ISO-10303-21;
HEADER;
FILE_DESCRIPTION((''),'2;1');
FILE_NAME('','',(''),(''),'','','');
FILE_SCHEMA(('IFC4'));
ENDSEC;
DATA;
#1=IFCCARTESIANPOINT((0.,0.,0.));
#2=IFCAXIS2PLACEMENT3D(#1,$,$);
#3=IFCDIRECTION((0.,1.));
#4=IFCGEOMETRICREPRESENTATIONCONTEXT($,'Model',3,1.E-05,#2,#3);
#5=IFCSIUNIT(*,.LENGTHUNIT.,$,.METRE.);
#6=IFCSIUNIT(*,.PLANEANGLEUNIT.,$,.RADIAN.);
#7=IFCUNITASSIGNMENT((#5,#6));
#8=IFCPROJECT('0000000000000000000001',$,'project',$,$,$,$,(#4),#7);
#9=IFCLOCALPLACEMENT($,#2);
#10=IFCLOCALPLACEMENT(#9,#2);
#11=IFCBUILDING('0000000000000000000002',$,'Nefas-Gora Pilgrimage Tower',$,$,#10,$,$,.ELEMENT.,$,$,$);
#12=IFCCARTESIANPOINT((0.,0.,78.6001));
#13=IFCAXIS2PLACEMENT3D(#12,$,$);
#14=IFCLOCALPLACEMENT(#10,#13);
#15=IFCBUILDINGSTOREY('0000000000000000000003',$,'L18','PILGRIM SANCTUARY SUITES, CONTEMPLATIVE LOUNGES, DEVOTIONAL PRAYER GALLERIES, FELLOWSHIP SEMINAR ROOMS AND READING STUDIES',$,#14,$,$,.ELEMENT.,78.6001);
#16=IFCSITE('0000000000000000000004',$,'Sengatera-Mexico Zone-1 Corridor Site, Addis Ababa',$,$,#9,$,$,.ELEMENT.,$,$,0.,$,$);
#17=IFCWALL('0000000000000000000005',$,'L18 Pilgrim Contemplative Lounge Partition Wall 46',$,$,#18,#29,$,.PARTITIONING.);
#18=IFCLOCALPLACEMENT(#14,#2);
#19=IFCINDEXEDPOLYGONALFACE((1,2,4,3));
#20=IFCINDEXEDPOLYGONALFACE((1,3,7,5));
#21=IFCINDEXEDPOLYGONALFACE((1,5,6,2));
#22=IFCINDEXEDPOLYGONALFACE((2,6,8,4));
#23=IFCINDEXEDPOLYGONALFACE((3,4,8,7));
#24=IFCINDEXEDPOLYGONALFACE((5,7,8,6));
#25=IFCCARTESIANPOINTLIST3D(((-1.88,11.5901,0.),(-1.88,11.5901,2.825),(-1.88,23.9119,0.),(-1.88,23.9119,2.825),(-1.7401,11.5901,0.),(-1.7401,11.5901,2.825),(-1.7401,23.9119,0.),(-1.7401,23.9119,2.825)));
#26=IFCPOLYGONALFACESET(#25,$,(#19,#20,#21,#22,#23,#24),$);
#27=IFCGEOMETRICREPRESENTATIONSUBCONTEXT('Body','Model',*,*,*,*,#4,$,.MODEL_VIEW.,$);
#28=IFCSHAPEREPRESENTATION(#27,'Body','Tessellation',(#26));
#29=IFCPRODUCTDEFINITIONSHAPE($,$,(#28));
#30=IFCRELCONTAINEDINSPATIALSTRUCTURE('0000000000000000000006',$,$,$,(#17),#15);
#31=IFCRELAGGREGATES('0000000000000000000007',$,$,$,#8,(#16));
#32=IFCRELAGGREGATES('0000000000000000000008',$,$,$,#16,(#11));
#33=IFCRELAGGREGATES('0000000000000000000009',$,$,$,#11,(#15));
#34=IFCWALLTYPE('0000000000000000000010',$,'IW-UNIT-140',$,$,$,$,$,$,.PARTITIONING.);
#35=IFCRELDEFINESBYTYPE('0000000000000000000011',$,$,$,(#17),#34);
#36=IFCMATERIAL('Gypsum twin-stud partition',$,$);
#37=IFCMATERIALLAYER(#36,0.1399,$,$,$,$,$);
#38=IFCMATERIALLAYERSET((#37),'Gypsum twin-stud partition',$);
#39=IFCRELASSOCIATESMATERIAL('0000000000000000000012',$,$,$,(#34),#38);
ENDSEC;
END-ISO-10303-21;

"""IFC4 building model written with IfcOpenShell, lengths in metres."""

from ifc_helpers import new_model, si_unit, direction, frame, frame_2d, origin, place, context, subcontext, project, spatial, rectangle, extrude, source, transform, mapped, material, layer, layer_set, type_object, element, save


model = new_model("IFC4")

# Units and contexts
model_context = context("Model", 3, precision=1e-05, world=origin(), true_north=direction((0.0, 1.0)))
body_context = subcontext(model_context, "Body", "Model", "MODEL_VIEW")
ifc_project = project(units=[si_unit("LENGTHUNIT", "METRE"), si_unit("PLANEANGLEUNIT", "RADIAN")], contexts=[model_context])

# Site, building, storey
site_placement = place(None, origin())
site = spatial("IfcSite", under=ifc_project, at=site_placement, Name="Sengatera-Mexico Zone-1 Corridor Site, Addis Ababa", CompositionType="ELEMENT", RefElevation=0.0)
building_placement = place(site_placement, origin())
building = spatial("IfcBuilding", under=site, at=building_placement, Name="Nefas-Gora Pilgrimage Tower", CompositionType="ELEMENT")
storey_placement = place(building_placement, frame((0.0, 0.0, 78.6001)))
storey = spatial("IfcBuildingStorey", under=building, at=storey_placement, Name="L18", Description="PILGRIM SANCTUARY SUITES, CONTEMPLATIVE LOUNGES, DEVOTIONAL PRAYER GALLERIES, FELLOWSHIP SEMINAR ROOMS AND READING STUDIES", CompositionType="ELEMENT", Elevation=78.6001)

# Wall
ifc_material_1 = material(Name="Gypsum twin-stud partition")
ifc_layer_1 = layer(ifc_material_1, 0.1399)
ifc_layer_set_1 = layer_set([ifc_layer_1], Name="Gypsum twin-stud partition")
wall_type_1 = type_object("IfcWallType", Name="IW-UNIT-140", PredefinedType="PARTITIONING", material=ifc_layer_set_1)
shared_shape_1 = source(origin(), body_context, "Body", "SweptSolid", [
    extrude(rectangle(XDim=12.3218, YDim=0.1399, at=frame_2d((6.1609, 0.0))), origin(), (0.0, 0.0, 1.0), 2.825),
])
wall_1_placement = place(storey_placement, frame((-1.8101, 11.5901, 0.0), z_axis=(0.0, 0.0, 1.0), x_axis=(0.0, 1.0, 0.0)))
element("IfcWall", 1, at=wall_1_placement, inside=storey, type_object=wall_type_1, Name="L18 Pilgrim Contemplative Lounge Partition Wall 46", PredefinedType="PARTITIONING", context=body_context, shape_type="MappedRepresentation", body=[
    mapped(shared_shape_1, transform((0.0, 0.0, 0.0), x_axis=(1.0, 0.0, 0.0), y_axis=(0.0, 1.0, 0.0), z_axis=(0.0, 0.0, 1.0), scale=1.0)),
])

save(model, "model.ifc")
